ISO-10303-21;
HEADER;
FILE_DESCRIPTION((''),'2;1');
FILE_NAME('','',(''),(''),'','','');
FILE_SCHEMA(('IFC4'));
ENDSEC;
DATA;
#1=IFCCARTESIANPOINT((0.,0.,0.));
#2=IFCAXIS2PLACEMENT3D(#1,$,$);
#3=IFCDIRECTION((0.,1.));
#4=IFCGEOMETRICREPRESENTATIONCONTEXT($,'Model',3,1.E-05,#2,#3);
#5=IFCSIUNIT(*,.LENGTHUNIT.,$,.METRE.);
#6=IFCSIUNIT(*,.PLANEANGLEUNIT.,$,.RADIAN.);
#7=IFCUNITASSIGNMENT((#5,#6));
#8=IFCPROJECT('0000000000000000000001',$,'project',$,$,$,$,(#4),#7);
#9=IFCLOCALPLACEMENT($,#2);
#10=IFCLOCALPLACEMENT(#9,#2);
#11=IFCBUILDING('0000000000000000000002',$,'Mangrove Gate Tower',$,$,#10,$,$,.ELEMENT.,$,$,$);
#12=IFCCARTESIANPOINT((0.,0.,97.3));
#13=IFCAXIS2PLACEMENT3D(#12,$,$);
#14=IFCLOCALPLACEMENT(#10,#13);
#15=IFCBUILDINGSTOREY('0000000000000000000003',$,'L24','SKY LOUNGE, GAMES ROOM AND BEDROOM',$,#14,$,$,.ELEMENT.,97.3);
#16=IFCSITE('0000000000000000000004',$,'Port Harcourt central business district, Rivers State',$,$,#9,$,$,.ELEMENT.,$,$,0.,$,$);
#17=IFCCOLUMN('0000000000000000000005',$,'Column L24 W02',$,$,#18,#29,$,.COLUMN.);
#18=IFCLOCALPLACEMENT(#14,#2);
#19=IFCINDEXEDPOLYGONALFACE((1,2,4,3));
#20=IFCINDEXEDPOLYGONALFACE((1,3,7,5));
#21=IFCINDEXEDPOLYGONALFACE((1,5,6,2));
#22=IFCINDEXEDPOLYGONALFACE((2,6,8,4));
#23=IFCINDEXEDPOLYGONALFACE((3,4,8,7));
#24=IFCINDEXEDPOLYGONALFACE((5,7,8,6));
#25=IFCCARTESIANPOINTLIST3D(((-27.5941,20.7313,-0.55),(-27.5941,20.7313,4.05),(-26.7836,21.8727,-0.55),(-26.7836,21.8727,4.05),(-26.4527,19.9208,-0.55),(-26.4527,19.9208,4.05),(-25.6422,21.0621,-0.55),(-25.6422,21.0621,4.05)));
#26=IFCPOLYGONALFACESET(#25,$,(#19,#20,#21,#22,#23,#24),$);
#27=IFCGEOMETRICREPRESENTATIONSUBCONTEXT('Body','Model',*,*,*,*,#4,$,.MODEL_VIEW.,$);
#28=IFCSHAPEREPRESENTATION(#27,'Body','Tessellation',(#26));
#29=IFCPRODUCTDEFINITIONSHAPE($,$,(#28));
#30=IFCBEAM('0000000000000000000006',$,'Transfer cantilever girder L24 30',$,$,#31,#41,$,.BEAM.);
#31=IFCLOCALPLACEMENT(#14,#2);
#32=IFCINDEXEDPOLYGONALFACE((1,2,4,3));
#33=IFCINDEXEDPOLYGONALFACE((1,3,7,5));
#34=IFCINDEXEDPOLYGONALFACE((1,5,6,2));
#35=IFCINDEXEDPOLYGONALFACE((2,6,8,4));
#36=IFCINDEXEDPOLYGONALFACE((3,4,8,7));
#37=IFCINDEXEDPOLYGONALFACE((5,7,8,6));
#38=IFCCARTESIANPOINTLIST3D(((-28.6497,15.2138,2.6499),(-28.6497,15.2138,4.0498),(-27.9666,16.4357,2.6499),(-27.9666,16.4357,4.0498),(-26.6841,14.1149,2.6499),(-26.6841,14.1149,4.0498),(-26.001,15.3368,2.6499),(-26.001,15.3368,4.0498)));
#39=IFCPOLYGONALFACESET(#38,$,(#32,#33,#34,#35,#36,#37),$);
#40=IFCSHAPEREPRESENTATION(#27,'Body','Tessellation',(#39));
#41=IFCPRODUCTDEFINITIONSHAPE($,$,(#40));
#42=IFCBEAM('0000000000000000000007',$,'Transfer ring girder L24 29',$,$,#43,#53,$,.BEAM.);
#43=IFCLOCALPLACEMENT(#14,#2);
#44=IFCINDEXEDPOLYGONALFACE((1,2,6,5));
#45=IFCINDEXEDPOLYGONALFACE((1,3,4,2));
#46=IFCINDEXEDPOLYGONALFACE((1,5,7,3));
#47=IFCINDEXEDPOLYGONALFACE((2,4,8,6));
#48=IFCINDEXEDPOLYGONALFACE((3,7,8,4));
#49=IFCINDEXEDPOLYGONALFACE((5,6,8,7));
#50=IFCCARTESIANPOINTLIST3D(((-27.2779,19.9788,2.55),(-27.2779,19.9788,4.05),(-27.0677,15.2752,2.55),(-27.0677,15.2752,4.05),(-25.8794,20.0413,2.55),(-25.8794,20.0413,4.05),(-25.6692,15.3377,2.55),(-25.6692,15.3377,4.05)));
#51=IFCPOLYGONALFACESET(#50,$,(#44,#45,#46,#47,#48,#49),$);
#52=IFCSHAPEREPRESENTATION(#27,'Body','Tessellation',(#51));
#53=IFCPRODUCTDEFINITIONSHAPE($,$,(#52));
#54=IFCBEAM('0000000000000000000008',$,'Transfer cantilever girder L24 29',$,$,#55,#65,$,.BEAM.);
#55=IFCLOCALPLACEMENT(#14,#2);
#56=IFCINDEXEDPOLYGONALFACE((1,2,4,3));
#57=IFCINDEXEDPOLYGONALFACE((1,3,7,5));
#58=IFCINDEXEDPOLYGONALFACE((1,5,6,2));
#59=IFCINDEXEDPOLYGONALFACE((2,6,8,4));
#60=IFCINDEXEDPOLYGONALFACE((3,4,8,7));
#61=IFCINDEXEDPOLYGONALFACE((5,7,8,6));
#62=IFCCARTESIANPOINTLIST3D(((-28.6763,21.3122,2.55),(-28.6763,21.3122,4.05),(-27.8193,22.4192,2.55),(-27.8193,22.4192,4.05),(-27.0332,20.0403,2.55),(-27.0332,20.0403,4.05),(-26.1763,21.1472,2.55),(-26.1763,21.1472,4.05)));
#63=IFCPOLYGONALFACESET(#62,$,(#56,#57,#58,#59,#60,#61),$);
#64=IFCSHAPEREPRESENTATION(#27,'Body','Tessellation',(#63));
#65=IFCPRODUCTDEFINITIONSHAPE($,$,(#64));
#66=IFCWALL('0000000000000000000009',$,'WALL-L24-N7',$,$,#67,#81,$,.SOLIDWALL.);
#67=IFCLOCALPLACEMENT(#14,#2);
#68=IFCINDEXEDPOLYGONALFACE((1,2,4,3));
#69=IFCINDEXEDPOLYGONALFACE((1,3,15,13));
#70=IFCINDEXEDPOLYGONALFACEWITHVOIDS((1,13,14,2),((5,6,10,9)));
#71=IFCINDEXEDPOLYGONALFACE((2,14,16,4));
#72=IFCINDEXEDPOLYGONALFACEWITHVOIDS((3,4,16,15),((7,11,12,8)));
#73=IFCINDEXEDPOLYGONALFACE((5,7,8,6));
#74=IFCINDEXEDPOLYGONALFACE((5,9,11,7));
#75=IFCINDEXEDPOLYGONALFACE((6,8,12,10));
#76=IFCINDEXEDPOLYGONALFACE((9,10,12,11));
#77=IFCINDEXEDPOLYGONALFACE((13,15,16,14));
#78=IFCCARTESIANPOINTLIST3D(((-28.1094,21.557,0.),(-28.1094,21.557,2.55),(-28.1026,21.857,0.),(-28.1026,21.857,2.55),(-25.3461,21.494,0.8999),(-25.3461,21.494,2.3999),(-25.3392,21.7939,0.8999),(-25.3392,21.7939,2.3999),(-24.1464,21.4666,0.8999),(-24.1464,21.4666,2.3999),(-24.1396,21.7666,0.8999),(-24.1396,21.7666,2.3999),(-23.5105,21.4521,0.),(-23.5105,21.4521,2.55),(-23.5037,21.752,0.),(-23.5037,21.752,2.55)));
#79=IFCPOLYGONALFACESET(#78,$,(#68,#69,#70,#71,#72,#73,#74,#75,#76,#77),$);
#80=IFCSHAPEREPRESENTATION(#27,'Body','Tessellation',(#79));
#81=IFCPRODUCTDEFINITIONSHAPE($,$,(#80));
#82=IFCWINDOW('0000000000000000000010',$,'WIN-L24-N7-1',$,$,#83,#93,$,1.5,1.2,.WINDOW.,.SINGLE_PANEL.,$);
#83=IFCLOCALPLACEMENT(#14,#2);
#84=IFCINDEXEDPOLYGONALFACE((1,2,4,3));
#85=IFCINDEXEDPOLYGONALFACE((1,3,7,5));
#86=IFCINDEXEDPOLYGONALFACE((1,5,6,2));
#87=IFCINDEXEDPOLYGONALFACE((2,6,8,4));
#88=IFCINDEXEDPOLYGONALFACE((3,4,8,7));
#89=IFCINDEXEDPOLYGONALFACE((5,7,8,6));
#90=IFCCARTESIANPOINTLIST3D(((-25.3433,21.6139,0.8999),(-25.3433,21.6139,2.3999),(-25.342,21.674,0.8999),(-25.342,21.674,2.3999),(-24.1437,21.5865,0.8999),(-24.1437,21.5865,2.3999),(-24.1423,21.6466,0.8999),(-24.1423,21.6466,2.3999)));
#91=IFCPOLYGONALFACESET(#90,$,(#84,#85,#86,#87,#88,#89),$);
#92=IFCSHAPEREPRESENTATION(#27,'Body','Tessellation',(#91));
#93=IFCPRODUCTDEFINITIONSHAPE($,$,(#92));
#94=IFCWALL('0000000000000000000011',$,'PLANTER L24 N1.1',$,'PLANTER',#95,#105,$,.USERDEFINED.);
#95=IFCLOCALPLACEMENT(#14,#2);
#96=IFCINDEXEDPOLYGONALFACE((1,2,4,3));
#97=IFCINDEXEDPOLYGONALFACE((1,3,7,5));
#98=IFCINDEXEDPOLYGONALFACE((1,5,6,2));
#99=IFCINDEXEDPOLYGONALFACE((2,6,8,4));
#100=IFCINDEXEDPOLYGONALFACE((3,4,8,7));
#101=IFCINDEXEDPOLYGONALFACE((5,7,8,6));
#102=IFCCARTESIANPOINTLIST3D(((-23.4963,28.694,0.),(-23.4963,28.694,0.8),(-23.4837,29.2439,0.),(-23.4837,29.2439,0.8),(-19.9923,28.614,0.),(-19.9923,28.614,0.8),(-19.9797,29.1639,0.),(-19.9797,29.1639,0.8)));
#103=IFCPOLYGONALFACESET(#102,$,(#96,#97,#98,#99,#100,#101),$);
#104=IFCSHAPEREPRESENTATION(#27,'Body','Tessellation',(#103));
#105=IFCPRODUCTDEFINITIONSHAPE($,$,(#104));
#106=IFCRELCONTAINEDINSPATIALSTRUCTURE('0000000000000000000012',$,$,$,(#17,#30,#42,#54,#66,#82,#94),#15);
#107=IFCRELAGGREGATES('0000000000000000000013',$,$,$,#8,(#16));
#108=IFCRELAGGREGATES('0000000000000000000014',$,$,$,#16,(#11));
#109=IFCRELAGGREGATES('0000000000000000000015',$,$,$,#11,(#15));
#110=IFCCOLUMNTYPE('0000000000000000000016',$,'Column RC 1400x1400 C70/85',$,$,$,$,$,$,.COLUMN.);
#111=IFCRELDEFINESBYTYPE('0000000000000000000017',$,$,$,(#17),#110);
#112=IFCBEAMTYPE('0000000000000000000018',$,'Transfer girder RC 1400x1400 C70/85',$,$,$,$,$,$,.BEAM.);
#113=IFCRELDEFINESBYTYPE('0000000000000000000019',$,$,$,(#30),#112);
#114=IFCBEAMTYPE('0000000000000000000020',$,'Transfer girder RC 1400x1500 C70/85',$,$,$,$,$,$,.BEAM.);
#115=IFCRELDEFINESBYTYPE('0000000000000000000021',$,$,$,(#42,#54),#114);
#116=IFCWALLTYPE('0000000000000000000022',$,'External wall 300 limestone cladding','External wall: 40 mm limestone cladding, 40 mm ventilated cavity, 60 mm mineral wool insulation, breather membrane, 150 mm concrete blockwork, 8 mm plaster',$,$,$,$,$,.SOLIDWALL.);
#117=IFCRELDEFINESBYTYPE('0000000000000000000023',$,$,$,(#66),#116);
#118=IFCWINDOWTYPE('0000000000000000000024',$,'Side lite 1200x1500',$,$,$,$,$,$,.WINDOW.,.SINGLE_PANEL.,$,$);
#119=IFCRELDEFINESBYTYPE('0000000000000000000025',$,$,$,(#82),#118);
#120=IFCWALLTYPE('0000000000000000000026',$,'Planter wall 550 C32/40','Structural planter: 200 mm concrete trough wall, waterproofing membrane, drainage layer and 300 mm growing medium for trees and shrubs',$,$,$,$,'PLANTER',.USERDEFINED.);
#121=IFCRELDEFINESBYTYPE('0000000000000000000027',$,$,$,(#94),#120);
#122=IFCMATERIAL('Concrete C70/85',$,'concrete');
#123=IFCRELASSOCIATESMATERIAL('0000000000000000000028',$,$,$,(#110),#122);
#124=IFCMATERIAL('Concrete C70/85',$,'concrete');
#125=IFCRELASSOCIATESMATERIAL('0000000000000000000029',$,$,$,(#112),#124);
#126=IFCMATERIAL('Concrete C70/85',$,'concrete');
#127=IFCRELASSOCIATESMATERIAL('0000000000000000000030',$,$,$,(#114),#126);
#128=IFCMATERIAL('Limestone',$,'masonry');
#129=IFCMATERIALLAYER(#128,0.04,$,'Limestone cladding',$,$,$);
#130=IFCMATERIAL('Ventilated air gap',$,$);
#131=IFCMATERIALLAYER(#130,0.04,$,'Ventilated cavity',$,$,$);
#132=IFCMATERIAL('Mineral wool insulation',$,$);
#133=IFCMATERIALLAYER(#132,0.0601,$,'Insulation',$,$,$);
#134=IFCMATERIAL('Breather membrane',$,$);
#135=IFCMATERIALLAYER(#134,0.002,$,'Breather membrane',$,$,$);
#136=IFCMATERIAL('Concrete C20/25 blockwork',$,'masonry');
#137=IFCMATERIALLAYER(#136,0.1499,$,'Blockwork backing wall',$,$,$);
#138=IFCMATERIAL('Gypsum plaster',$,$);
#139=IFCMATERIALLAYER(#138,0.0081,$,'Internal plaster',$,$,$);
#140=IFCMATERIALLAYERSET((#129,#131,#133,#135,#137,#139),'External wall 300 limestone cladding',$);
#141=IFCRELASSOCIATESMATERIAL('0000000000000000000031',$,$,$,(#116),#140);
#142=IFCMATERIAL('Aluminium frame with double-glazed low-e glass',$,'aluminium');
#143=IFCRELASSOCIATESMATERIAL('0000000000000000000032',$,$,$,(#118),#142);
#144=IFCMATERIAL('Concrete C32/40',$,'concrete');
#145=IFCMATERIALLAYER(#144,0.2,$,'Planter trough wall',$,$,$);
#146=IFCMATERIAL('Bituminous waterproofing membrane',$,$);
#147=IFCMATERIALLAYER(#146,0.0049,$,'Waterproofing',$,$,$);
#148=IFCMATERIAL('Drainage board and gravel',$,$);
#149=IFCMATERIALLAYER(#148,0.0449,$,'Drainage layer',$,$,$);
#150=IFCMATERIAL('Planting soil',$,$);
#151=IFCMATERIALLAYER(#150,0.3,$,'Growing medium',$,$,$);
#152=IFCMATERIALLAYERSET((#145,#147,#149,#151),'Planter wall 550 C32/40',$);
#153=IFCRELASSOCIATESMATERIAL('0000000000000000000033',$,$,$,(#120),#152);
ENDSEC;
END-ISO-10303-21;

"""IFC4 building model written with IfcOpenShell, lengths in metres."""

from ifc_helpers import new_model, si_unit, direction, frame, frame_2d, origin, origin_2d, place, context, subcontext, project, spatial, rectangle, extrude, material, layer, layer_set, material_profile, profile_set, type_object, element, fill, save


model = new_model("IFC4")

# Units and contexts
model_context = context("Model", 3, precision=1e-05, world=origin(), true_north=direction((0.0, 1.0)))
body_context = subcontext(model_context, "Body", "Model", "MODEL_VIEW")
ifc_project = project(units=[si_unit("LENGTHUNIT", "METRE"), si_unit("PLANEANGLEUNIT", "RADIAN")], contexts=[model_context])

# Site, building, storey
site_placement = place(None, origin())
site = spatial("IfcSite", under=ifc_project, at=site_placement, Name="Port Harcourt central business district, Rivers State", CompositionType="ELEMENT", RefElevation=0.0)
building_placement = place(site_placement, origin())
building = spatial("IfcBuilding", under=site, at=building_placement, Name="Mangrove Gate Tower", CompositionType="ELEMENT")
storey_placement = place(building_placement, frame((0.0, 0.0, 97.3)))
storey = spatial("IfcBuildingStorey", under=building, at=storey_placement, Name="L24", Description="SKY LOUNGE, GAMES ROOM AND BEDROOM", CompositionType="ELEMENT", Elevation=97.3)

# Column
ifc_material_1 = material(Name="Concrete C70/85", Category="concrete")
ifc_material_profile_1 = material_profile(ifc_material_1, rectangle(XDim=1.3999, YDim=1.3999, at=origin_2d()))
ifc_profile_set_1 = profile_set([ifc_material_profile_1], Name="Concrete C70/85")
column_type = type_object("IfcColumnType", Name="Column RC 1400x1400 C70/85", PredefinedType="COLUMN", material=ifc_profile_set_1)
column_placement = place(storey_placement, frame((-26.6182, 20.8967, -0.55), z_axis=(0.0, 0.0, 1.0), x_axis=(-0.578998, -0.815329, 0.0)))
element("IfcColumn", 1, at=column_placement, inside=storey, type_object=column_type, Name="Column L24 W02", PredefinedType="COLUMN", context=body_context, shape_type="SweptSolid", body=[
    extrude(rectangle(XDim=1.3999, YDim=1.3999, at=origin_2d()), origin(), (0.0, 0.0, 1.0), 4.6001),
])

# Beams
ifc_material_2 = material(Name="Concrete C70/85", Category="concrete")
ifc_material_profile_2 = material_profile(ifc_material_2, rectangle(XDim=1.3999, YDim=1.3999, at=origin_2d()))
ifc_profile_set_2 = profile_set([ifc_material_profile_2], Name="Concrete C70/85")
beam_type_1 = type_object("IfcBeamType", Name="Transfer girder RC 1400x1400 C70/85", PredefinedType="BEAM", material=ifc_profile_set_2)
beam_1_placement = place(storey_placement, frame((-26.3425, 14.7258, 3.3499), z_axis=(-0.872855, 0.487979, 0.0), x_axis=(-0.487979, -0.872855, 0.0)))
element("IfcBeam", 2, at=beam_1_placement, inside=storey, type_object=beam_type_1, Name="Transfer cantilever girder L24 30", PredefinedType="BEAM", context=body_context, shape_type="SweptSolid", body=[
    extrude(rectangle(XDim=1.3999, YDim=1.3999, at=origin_2d()), origin(), (0.0, 0.0, 1.0), 2.252),
])
ifc_material_3 = material(Name="Concrete C70/85", Category="concrete")
ifc_material_profile_3 = material_profile(ifc_material_3, rectangle(XDim=1.3999, YDim=1.5, at=origin_2d()))
ifc_profile_set_3 = profile_set([ifc_material_profile_3], Name="Concrete C70/85")
beam_type_2 = type_object("IfcBeamType", Name="Transfer girder RC 1400x1500 C70/85", PredefinedType="BEAM", material=ifc_profile_set_3)
beam_2_placement = place(storey_placement, frame((-26.5786, 20.01, 3.3), z_axis=(0.044646, -0.999003, 0.0), x_axis=(0.999003, 0.044646, 0.0)))
element("IfcBeam", 3, at=beam_2_placement, inside=storey, type_object=beam_type_2, Name="Transfer ring girder L24 29", PredefinedType="BEAM", context=body_context, shape_type="SweptSolid", body=[
    extrude(rectangle(XDim=1.3999, YDim=1.5, at=origin_2d()), origin(), (0.0, 0.0, 1.0), 4.7083),
])
beam_3_placement = place(storey_placement, frame((-26.6047, 20.5938, 3.3), z_axis=(-0.790742, 0.612149, 0.0), x_axis=(-0.612149, -0.790742, 0.0)))
element("IfcBeam", 4, at=beam_3_placement, inside=storey, type_object=beam_type_2, Name="Transfer cantilever girder L24 29", PredefinedType="BEAM", context=body_context, shape_type="SweptSolid", body=[
    extrude(rectangle(XDim=1.3999, YDim=1.5, at=origin_2d()), origin(), (0.0, 0.0, 1.0), 2.0779),
])

# Wall, opening, window
ifc_material_4 = material(Name="Limestone", Category="masonry")
ifc_layer_1 = layer(ifc_material_4, 0.04, Name="Limestone cladding")
ifc_material_5 = material(Name="Ventilated air gap")
ifc_layer_2 = layer(ifc_material_5, 0.04, Name="Ventilated cavity")
ifc_material_6 = material(Name="Mineral wool insulation")
ifc_layer_3 = layer(ifc_material_6, 0.0601, Name="Insulation")
ifc_material_7 = material(Name="Breather membrane")
ifc_layer_4 = layer(ifc_material_7, 0.002, Name="Breather membrane")
ifc_material_8 = material(Name="Concrete C20/25 blockwork", Category="masonry")
ifc_layer_5 = layer(ifc_material_8, 0.1499, Name="Blockwork backing wall")
ifc_material_9 = material(Name="Gypsum plaster")
ifc_layer_6 = layer(ifc_material_9, 0.0081, Name="Internal plaster")
ifc_layer_set_1 = layer_set([ifc_layer_1, ifc_layer_2, ifc_layer_3, ifc_layer_4, ifc_layer_5, ifc_layer_6], Name="External wall 300 limestone cladding")
wall_type_1 = type_object("IfcWallType", Name="External wall 300 limestone cladding", Description="External wall: 40 mm limestone cladding, 40 mm ventilated cavity, 60 mm mineral wool insulation, breather membrane, 150 mm concrete blockwork, 8 mm plaster", PredefinedType="SOLIDWALL", material=ifc_layer_set_1)
wall_1_placement = place(storey_placement, frame((-23.5071, 21.6021, 0.0), z_axis=(0.0, 0.0, 1.0), x_axis=(-0.99974, 0.022821, 0.0)))
wall_1 = element("IfcWall", 5, at=wall_1_placement, inside=storey, type_object=wall_type_1, Name="WALL-L24-N7", PredefinedType="SOLIDWALL", context=body_context, shape_type="SweptSolid", body=[
    extrude(rectangle(XDim=4.6001, YDim=0.3, at=frame_2d((2.3, 0.0))), origin(), (0.0, 0.0, 1.0), 2.55),
])
opening_1_placement = place(wall_1_placement, frame((0.636, 0.0, 0.8999)))
opening_1 = element("IfcOpeningElement", 6, at=opening_1_placement, cuts=wall_1, PredefinedType="OPENING", context=body_context, shape_type="SweptSolid", body=[
    extrude(rectangle(XDim=1.2, YDim=1.5, at=frame_2d((0.6001, 0.75))), frame((0.0, 0.1599, 0.0), z_axis=(0.0, -1.0, 0.0), x_axis=(1.0, 0.0, 0.0)), (0.0, 0.0, 1.0), 0.3201),
])
ifc_material_10 = material(Name="Aluminium frame with double-glazed low-e glass", Category="aluminium")
window_type_1 = type_object("IfcWindowType", Name="Side lite 1200x1500", PartitioningType="SINGLE_PANEL", PredefinedType="WINDOW", material=ifc_material_10)
window_1_placement = place(opening_1_placement, origin())
window_1 = element("IfcWindow", 7, at=window_1_placement, inside=storey, type_object=window_type_1, Name="WIN-L24-N7-1", OverallHeight=1.5, OverallWidth=1.2, PartitioningType="SINGLE_PANEL", PredefinedType="WINDOW", context=body_context, shape_type="SweptSolid", body=[
    extrude(rectangle(XDim=1.2, YDim=1.5, at=frame_2d((0.6001, 0.75))), frame((0.0, 0.03, 0.0), z_axis=(0.0, -1.0, 0.0), x_axis=(1.0, 0.0, 0.0)), (0.0, 0.0, 1.0), 0.0601),
])
fill(opening_1, window_1)

# Wall
ifc_material_11 = material(Name="Concrete C32/40", Category="concrete")
ifc_layer_7 = layer(ifc_material_11, 0.2, Name="Planter trough wall")
ifc_material_12 = material(Name="Bituminous waterproofing membrane")
ifc_layer_8 = layer(ifc_material_12, 0.0049, Name="Waterproofing")
ifc_material_13 = material(Name="Drainage board and gravel")
ifc_layer_9 = layer(ifc_material_13, 0.0449, Name="Drainage layer")
ifc_material_14 = material(Name="Planting soil")
ifc_layer_10 = layer(ifc_material_14, 0.3, Name="Growing medium")
ifc_layer_set_2 = layer_set([ifc_layer_7, ifc_layer_8, ifc_layer_9, ifc_layer_10], Name="Planter wall 550 C32/40")
wall_type_2 = type_object("IfcWallType", Name="Planter wall 550 C32/40", Description="Structural planter: 200 mm concrete trough wall, waterproofing membrane, drainage layer and 300 mm growing medium for trees and shrubs", ElementType="PLANTER", PredefinedType="USERDEFINED", material=ifc_layer_set_2)
wall_2_placement = place(storey_placement, frame((-23.49, 28.969, 0.0), z_axis=(0.0, 0.0, 1.0), x_axis=(0.999739, -0.022848, 0.0)))
element("IfcWall", 8, at=wall_2_placement, inside=storey, type_object=wall_type_2, Name="PLANTER L24 N1.1", ObjectType="PLANTER", PredefinedType="USERDEFINED", context=body_context, shape_type="SweptSolid", body=[
    extrude(rectangle(XDim=3.5049, YDim=0.55, at=frame_2d((1.7524, 0.0))), origin(), (0.0, 0.0, 1.0), 0.8),
])

save(model, "model.ifc")
